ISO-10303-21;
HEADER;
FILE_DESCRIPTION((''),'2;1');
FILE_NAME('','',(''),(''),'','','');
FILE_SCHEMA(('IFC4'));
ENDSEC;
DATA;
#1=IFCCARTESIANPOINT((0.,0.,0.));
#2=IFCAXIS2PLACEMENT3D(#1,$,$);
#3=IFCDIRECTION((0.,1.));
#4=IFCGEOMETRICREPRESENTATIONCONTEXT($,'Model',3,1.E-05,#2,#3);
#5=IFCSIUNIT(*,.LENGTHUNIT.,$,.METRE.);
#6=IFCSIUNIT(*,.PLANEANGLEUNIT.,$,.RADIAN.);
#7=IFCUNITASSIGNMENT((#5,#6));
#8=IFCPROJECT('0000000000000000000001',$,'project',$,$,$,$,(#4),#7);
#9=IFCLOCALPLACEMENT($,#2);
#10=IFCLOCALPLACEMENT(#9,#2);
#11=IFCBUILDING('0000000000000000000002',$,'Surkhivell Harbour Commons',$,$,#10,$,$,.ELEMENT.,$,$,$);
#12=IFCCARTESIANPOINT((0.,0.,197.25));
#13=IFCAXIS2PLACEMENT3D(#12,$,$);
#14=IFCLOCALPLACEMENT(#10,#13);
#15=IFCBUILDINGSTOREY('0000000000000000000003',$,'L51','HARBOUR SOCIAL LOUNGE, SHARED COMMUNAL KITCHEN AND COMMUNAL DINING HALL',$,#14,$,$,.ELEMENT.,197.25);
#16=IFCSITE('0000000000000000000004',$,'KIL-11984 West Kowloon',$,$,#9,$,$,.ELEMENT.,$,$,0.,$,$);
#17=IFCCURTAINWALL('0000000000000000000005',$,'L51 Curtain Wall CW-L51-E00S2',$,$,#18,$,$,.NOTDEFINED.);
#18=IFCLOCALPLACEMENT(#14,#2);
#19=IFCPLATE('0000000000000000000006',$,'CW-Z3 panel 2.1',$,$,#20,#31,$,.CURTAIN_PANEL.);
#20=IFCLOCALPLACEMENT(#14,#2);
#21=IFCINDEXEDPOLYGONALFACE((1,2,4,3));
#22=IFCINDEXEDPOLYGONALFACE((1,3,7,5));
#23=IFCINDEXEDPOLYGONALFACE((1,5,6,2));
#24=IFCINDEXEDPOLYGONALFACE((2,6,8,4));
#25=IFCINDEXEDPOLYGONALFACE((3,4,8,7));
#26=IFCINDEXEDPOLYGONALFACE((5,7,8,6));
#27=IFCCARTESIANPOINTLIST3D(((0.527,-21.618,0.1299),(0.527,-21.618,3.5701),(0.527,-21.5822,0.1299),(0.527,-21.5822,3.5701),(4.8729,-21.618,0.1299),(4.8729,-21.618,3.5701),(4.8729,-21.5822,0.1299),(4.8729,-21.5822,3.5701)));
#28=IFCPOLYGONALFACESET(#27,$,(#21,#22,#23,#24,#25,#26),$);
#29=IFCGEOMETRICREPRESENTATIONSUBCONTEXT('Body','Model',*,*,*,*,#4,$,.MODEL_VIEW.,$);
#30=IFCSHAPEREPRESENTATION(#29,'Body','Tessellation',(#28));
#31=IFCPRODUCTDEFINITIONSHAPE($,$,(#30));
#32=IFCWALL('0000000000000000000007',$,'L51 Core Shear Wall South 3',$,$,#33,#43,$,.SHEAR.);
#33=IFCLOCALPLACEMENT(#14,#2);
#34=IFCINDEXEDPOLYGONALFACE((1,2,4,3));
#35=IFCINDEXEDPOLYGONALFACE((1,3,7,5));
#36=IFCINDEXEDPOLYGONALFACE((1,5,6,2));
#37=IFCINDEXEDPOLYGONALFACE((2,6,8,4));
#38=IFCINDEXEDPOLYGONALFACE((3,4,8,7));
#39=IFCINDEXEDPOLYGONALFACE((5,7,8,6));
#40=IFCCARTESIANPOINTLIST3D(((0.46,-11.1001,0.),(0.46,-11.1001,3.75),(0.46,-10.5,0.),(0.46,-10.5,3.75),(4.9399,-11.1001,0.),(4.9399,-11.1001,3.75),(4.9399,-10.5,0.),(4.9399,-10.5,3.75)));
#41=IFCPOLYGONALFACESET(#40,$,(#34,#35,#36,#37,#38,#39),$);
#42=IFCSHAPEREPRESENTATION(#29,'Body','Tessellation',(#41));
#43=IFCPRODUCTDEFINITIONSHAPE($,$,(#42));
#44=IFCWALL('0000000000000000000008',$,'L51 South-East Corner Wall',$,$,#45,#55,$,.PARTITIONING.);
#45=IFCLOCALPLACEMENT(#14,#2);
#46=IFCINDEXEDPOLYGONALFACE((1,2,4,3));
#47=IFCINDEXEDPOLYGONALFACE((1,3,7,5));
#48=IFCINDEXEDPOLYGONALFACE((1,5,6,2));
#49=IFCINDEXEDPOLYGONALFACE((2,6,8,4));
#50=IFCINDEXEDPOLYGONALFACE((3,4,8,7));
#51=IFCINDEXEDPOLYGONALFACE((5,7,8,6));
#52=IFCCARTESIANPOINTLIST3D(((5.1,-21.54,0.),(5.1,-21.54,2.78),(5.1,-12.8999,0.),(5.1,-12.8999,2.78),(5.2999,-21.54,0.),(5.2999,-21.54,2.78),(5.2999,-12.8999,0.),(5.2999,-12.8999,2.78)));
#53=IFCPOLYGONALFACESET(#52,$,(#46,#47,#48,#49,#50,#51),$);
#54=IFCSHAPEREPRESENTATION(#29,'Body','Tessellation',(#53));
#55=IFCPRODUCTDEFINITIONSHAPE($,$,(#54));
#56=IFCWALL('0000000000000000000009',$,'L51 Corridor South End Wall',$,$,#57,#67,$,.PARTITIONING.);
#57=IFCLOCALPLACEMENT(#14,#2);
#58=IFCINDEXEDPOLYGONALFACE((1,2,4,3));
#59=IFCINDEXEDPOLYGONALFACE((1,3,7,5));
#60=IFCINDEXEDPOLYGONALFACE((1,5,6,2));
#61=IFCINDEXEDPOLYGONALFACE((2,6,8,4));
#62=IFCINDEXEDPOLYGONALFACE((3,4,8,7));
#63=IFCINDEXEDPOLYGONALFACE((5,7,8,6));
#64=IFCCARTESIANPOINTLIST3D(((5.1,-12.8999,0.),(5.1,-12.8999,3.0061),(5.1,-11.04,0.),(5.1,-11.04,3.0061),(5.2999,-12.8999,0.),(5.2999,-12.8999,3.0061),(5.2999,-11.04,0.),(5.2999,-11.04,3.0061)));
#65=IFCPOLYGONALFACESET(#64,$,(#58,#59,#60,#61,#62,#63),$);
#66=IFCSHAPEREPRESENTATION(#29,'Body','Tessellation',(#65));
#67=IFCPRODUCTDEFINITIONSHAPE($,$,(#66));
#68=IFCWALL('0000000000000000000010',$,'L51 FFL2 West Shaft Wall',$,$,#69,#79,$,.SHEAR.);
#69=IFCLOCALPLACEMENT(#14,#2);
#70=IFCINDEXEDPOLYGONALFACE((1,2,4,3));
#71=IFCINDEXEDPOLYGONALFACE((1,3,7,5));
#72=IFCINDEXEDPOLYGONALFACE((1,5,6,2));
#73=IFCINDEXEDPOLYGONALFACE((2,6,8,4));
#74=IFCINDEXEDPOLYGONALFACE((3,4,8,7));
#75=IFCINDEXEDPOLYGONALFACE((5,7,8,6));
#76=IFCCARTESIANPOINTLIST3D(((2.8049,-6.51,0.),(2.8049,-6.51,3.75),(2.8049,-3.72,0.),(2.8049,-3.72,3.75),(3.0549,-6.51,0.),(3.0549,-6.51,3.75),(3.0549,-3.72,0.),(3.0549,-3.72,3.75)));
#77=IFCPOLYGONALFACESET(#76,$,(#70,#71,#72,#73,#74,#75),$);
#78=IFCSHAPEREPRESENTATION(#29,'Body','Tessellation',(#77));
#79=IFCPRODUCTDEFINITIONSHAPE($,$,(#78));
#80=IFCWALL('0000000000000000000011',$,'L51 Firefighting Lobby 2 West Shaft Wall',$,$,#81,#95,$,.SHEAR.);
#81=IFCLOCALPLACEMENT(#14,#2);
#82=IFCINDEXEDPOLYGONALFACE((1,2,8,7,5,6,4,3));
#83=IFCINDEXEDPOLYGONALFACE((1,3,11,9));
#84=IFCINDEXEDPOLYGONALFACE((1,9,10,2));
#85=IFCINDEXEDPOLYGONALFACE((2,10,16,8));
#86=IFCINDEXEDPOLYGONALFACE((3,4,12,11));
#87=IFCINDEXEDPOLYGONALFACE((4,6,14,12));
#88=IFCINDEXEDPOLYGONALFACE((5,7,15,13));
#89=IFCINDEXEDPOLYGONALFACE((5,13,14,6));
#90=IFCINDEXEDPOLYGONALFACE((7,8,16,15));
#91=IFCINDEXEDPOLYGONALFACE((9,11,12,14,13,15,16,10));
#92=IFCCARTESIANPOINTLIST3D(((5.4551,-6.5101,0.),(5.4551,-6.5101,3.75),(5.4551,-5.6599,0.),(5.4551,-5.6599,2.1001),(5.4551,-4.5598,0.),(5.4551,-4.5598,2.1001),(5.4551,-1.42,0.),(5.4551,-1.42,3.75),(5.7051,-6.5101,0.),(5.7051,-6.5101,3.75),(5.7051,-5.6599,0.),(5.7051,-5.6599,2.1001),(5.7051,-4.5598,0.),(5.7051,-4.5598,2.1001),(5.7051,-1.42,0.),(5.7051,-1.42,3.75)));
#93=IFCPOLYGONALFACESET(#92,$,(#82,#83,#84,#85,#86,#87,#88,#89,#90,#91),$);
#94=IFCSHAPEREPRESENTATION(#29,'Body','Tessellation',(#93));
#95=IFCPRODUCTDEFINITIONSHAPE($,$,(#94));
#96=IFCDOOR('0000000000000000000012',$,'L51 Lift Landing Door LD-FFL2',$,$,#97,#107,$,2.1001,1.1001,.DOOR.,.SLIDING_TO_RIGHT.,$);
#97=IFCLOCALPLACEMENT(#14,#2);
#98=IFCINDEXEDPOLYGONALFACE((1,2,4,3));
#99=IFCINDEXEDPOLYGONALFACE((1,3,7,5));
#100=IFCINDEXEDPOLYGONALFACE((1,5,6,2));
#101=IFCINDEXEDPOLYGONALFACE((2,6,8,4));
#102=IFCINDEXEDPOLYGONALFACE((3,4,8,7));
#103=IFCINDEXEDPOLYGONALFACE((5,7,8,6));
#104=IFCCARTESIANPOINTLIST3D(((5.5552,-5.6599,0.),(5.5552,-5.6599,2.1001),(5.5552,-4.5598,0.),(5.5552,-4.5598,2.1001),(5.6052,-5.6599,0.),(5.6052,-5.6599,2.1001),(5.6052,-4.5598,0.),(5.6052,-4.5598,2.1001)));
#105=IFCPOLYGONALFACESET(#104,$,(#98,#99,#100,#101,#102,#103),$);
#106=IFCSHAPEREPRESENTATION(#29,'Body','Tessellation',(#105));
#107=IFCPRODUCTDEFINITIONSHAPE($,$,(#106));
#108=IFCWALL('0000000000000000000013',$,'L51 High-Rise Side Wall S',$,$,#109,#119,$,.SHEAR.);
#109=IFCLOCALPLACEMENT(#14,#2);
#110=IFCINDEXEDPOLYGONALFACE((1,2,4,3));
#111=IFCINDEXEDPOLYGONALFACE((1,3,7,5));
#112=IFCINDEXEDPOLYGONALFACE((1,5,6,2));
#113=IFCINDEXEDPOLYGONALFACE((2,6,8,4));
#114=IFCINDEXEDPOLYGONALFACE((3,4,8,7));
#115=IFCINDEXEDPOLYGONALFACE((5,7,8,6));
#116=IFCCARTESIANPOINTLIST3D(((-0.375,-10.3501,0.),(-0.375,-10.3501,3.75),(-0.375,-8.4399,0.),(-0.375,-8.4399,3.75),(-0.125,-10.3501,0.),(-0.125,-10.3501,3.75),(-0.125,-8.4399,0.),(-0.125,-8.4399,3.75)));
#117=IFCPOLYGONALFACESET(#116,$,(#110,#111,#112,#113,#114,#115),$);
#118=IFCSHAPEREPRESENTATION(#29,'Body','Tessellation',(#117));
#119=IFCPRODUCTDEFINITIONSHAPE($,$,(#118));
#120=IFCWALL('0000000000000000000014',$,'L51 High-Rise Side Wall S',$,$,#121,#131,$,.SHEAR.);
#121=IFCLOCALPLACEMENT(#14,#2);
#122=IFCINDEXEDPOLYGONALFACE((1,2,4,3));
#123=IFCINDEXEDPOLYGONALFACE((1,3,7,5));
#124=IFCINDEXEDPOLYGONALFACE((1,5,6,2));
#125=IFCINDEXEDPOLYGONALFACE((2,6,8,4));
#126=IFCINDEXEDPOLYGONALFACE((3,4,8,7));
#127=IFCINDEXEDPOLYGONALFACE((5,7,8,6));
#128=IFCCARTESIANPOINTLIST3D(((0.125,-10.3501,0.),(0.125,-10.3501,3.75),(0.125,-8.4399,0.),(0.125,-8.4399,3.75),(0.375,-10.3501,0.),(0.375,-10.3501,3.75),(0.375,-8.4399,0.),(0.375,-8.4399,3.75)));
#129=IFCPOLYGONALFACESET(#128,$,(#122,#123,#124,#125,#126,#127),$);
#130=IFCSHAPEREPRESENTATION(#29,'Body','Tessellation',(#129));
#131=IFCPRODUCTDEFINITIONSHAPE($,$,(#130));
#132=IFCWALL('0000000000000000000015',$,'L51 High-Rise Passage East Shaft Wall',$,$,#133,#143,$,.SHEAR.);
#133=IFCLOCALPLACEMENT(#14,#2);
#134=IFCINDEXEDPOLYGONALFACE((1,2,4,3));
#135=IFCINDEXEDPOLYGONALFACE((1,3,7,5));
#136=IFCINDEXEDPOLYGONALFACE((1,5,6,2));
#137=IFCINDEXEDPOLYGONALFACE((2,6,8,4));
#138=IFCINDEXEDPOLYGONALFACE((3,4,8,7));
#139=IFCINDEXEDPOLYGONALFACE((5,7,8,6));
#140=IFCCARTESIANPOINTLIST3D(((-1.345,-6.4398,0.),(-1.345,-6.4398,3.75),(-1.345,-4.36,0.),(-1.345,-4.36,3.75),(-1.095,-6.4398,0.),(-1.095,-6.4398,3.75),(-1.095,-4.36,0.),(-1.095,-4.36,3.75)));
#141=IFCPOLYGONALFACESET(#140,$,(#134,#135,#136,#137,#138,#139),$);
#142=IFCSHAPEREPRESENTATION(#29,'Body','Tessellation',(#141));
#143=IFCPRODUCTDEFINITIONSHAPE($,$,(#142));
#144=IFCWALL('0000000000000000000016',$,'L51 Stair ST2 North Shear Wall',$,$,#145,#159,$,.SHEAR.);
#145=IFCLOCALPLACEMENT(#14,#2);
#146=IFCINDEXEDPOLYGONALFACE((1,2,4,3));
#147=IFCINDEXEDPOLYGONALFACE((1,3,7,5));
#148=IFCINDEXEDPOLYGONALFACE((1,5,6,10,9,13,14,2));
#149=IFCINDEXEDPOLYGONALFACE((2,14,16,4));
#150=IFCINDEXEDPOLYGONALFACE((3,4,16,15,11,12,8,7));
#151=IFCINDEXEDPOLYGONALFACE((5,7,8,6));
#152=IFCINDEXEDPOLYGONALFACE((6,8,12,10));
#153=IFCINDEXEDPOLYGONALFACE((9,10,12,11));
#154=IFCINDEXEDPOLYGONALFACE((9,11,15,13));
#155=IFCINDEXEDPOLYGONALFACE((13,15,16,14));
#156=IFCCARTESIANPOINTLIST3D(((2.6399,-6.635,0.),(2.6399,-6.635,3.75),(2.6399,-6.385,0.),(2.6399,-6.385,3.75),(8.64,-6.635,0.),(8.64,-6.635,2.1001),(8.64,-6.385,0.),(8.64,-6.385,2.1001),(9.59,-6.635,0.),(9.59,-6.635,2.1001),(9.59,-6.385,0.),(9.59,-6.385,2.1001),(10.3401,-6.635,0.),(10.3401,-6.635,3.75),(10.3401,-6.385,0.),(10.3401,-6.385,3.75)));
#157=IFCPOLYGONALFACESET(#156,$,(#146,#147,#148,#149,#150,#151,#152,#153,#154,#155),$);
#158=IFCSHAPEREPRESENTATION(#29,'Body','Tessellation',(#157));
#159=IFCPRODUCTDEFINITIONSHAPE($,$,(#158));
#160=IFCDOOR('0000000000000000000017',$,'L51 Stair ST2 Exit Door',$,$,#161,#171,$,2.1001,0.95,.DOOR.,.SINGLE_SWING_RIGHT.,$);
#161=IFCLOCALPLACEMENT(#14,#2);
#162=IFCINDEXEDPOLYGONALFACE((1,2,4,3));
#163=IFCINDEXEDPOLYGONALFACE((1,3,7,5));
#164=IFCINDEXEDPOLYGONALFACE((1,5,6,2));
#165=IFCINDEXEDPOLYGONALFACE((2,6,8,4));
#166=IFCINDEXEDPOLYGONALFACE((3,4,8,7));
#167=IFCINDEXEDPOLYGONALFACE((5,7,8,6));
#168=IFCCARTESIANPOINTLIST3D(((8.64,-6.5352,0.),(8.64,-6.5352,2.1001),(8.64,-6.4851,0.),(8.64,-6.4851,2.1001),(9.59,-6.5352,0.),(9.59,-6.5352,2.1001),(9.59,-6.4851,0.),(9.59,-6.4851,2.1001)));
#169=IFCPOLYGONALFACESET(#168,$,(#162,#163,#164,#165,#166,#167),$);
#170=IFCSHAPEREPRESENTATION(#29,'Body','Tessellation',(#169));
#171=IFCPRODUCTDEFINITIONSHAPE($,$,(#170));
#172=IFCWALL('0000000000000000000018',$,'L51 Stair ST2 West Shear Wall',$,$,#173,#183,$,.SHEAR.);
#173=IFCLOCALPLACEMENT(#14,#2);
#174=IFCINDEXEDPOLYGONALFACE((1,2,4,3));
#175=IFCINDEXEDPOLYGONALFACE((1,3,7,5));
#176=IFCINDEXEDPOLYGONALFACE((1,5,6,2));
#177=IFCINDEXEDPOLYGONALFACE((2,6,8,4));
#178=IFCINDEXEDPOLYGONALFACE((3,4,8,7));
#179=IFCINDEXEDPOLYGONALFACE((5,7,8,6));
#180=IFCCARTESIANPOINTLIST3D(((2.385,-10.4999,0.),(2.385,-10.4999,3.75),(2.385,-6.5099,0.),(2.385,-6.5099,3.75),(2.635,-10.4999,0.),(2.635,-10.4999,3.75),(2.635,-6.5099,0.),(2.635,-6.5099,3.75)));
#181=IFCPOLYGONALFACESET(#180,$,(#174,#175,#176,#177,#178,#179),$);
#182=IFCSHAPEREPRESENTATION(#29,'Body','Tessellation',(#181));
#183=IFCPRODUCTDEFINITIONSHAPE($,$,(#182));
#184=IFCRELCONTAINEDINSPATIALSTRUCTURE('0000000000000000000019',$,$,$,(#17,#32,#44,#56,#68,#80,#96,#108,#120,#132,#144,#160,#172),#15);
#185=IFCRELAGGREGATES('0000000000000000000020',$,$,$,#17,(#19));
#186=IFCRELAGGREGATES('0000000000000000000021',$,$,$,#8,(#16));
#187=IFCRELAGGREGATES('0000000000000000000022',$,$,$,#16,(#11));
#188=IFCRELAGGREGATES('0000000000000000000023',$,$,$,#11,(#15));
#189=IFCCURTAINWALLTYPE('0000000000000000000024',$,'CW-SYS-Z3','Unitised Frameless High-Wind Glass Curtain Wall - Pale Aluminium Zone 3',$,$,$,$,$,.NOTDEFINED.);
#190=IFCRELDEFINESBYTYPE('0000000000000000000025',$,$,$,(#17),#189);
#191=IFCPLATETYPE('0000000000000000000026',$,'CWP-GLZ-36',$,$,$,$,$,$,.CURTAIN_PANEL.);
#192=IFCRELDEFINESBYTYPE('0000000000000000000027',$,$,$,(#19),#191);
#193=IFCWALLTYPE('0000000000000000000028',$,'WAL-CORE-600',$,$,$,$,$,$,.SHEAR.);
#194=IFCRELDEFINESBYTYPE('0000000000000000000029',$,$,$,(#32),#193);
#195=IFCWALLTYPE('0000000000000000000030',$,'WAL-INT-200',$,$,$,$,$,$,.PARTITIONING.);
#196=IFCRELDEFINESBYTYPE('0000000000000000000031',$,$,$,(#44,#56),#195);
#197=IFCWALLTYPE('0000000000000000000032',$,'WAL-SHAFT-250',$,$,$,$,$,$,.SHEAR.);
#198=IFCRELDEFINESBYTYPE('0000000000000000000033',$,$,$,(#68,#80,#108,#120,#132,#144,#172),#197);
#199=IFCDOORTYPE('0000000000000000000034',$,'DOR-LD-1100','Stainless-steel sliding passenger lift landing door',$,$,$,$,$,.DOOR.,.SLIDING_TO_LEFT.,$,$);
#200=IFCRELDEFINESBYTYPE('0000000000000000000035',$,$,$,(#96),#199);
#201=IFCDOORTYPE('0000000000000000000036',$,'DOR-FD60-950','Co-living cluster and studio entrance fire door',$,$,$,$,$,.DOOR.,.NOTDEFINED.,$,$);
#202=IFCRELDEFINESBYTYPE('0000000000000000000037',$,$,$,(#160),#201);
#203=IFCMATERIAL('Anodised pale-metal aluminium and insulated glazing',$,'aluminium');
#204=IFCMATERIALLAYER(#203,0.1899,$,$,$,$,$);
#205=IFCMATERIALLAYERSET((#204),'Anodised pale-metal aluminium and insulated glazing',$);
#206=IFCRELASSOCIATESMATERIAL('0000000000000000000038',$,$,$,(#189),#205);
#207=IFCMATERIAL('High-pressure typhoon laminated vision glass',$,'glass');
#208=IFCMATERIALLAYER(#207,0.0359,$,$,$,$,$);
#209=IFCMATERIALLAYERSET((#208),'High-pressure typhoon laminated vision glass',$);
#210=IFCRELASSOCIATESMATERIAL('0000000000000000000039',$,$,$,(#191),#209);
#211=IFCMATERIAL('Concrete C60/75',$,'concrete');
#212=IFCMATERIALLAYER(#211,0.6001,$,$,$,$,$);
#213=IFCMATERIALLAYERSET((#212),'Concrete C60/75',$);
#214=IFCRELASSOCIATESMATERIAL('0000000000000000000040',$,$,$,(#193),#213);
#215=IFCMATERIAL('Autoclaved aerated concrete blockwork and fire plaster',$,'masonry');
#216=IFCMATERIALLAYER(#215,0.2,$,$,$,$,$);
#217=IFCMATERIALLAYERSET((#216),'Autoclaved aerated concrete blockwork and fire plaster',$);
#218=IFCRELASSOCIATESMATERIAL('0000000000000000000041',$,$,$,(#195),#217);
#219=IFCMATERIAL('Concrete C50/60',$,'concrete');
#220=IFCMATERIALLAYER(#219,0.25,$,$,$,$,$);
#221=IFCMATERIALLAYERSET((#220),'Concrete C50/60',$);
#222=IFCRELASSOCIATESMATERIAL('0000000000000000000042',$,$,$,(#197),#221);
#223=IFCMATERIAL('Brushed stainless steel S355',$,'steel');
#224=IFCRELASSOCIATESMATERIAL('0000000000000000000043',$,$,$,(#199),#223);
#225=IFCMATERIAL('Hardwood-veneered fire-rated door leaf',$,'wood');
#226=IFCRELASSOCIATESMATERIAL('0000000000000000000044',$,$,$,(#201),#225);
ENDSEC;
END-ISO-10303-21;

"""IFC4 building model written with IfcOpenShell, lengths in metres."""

from ifc_helpers import new_model, si_unit, direction, frame, frame_2d, origin, place, context, subcontext, project, spatial, rectangle, extrude, material, layer, layer_set, type_object, element, fill, aggregate, save


model = new_model("IFC4")

# Units and contexts
model_context = context("Model", 3, precision=1e-05, world=origin(), true_north=direction((0.0, 1.0)))
body_context = subcontext(model_context, "Body", "Model", "MODEL_VIEW")
ifc_project = project(units=[si_unit("LENGTHUNIT", "METRE"), si_unit("PLANEANGLEUNIT", "RADIAN")], contexts=[model_context])

# Site, building, storey
site_placement = place(None, origin())
site = spatial("IfcSite", under=ifc_project, at=site_placement, Name="KIL-11984 West Kowloon", CompositionType="ELEMENT", RefElevation=0.0)
building_placement = place(site_placement, origin())
building = spatial("IfcBuilding", under=site, at=building_placement, Name="Surkhivell Harbour Commons", CompositionType="ELEMENT")
storey_placement = place(building_placement, frame((0.0, 0.0, 197.25)))
storey = spatial("IfcBuildingStorey", under=building, at=storey_placement, Name="L51", Description="HARBOUR SOCIAL LOUNGE, SHARED COMMUNAL KITCHEN AND COMMUNAL DINING HALL", CompositionType="ELEMENT", Elevation=197.25)

# Shared definitions
ifc_material_1 = material(Name="Concrete C60/75", Category="concrete")

# Curtain wall, plate
ifc_material_2 = material(Name="Anodised pale-metal aluminium and insulated glazing", Category="aluminium")
ifc_layer_1 = layer(ifc_material_2, 0.1899)
ifc_layer_set_1 = layer_set([ifc_layer_1], Name="Anodised pale-metal aluminium and insulated glazing")
curtain_wall_type = type_object("IfcCurtainWallType", Name="CW-SYS-Z3", Description="Unitised Frameless High-Wind Glass Curtain Wall - Pale Aluminium Zone 3", PredefinedType="NOTDEFINED", material=ifc_layer_set_1)
curtain_wall_placement = place(storey_placement, origin())
curtain_wall = element("IfcCurtainWall", 1, at=curtain_wall_placement, inside=storey, type_object=curtain_wall_type, Name="L51 Curtain Wall CW-L51-E00S2", PredefinedType="NOTDEFINED")
ifc_material_3 = material(Name="High-pressure typhoon laminated vision glass", Category="glass")
ifc_layer_2 = layer(ifc_material_3, 0.0359)
ifc_layer_set_2 = layer_set([ifc_layer_2], Name="High-pressure typhoon laminated vision glass")
plate_type = type_object("IfcPlateType", Name="CWP-GLZ-36", PredefinedType="CURTAIN_PANEL", material=ifc_layer_set_2)
plate_placement = place(storey_placement, frame((0.5271, -21.6001, 0.1299), z_axis=(0.0, 0.0, 1.0), x_axis=(1.0, 0.0, 0.0)))
plate = element("IfcPlate", 2, at=plate_placement, type_object=plate_type, Name="CW-Z3 panel 2.1", PredefinedType="CURTAIN_PANEL", context=body_context, shape_type="SweptSolid", body=[
    extrude(rectangle(XDim=4.3459, YDim=0.0359, at=frame_2d((2.1729, 0.0))), origin(), (0.0, 0.0, 1.0), 3.4402),
])
aggregate(curtain_wall, [plate])

# Walls
ifc_layer_3 = layer(ifc_material_1, 0.6001)
ifc_layer_set_3 = layer_set([ifc_layer_3], Name="Concrete C60/75")
wall_type_1 = type_object("IfcWallType", Name="WAL-CORE-600", PredefinedType="SHEAR", material=ifc_layer_set_3)
wall_1_placement = place(storey_placement, frame((0.46, -10.8, 0.0), z_axis=(0.0, 0.0, 1.0), x_axis=(1.0, 0.0, 0.0)))
element("IfcWall", 3, at=wall_1_placement, inside=storey, type_object=wall_type_1, Name="L51 Core Shear Wall South 3", PredefinedType="SHEAR", context=body_context, shape_type="SweptSolid", body=[
    extrude(rectangle(XDim=4.48, YDim=0.6001, at=frame_2d((2.24, 0.0))), origin(), (0.0, 0.0, 1.0), 3.75),
])
ifc_material_4 = material(Name="Autoclaved aerated concrete blockwork and fire plaster", Category="masonry")
ifc_layer_4 = layer(ifc_material_4, 0.2)
ifc_layer_set_4 = layer_set([ifc_layer_4], Name="Autoclaved aerated concrete blockwork and fire plaster")
wall_type_2 = type_object("IfcWallType", Name="WAL-INT-200", PredefinedType="PARTITIONING", material=ifc_layer_set_4)
wall_2_placement = place(storey_placement, frame((5.2, -21.54, 0.0), z_axis=(0.0, 0.0, 1.0), x_axis=(0.0, 1.0, 0.0)))
element("IfcWall", 4, at=wall_2_placement, inside=storey, type_object=wall_type_2, Name="L51 South-East Corner Wall", PredefinedType="PARTITIONING", context=body_context, shape_type="SweptSolid", body=[
    extrude(rectangle(XDim=8.6401, YDim=0.2, at=frame_2d((4.3201, 0.0))), origin(), (0.0, 0.0, 1.0), 2.78),
])
wall_3_placement = place(storey_placement, frame((5.2, -12.8999, 0.0), z_axis=(0.0, 0.0, 1.0), x_axis=(0.0, 1.0, 0.0)))
element("IfcWall", 5, at=wall_3_placement, inside=storey, type_object=wall_type_2, Name="L51 Corridor South End Wall", PredefinedType="PARTITIONING", context=body_context, shape_type="SweptSolid", body=[
    extrude(rectangle(XDim=1.8599, YDim=0.2, at=frame_2d((0.9299, 0.0))), origin(), (0.0, 0.0, 1.0), 3.0061),
])
ifc_material_5 = material(Name="Concrete C50/60", Category="concrete")
ifc_layer_5 = layer(ifc_material_5, 0.25)
ifc_layer_set_5 = layer_set([ifc_layer_5], Name="Concrete C50/60")
wall_type_3 = type_object("IfcWallType", Name="WAL-SHAFT-250", PredefinedType="SHEAR", material=ifc_layer_set_5)
wall_4_placement = place(storey_placement, frame((2.9299, -6.51, 0.0), z_axis=(0.0, 0.0, 1.0), x_axis=(0.0, 1.0, 0.0)))
element("IfcWall", 6, at=wall_4_placement, inside=storey, type_object=wall_type_3, Name="L51 FFL2 West Shaft Wall", PredefinedType="SHEAR", context=body_context, shape_type="SweptSolid", body=[
    extrude(rectangle(XDim=2.79, YDim=0.25, at=frame_2d((1.395, 0.0))), origin(), (0.0, 0.0, 1.0), 3.75),
])

# Wall, opening, door
wall_5_placement = place(storey_placement, frame((5.5801, -6.51, 0.0), z_axis=(0.0, 0.0, 1.0), x_axis=(0.0, 1.0, 0.0)))
wall_5 = element("IfcWall", 7, at=wall_5_placement, inside=storey, type_object=wall_type_3, Name="L51 Firefighting Lobby 2 West Shaft Wall", PredefinedType="SHEAR", context=body_context, shape_type="SweptSolid", body=[
    extrude(rectangle(XDim=5.0901, YDim=0.25, at=frame_2d((2.5449, 0.0))), origin(), (0.0, 0.0, 1.0), 3.75),
])
opening_1_placement = place(wall_5_placement, frame((0.8501, 0.0, 0.0)))
opening_1 = element("IfcOpeningElement", 8, at=opening_1_placement, cuts=wall_5, PredefinedType="OPENING", context=body_context, shape_type="SweptSolid", body=[
    extrude(rectangle(XDim=1.1001, YDim=2.1001, at=frame_2d((0.55, 1.05))), frame((0.0, 0.135, 0.0), z_axis=(0.0, -1.0, 0.0), x_axis=(1.0, 0.0, 0.0)), (0.0, 0.0, 1.0), 0.27),
])
ifc_material_6 = material(Name="Brushed stainless steel S355", Category="steel")
door_type_1 = type_object("IfcDoorType", Name="DOR-LD-1100", Description="Stainless-steel sliding passenger lift landing door", OperationType="SLIDING_TO_LEFT", PredefinedType="DOOR", material=ifc_material_6)
door_1_placement = place(opening_1_placement, origin())
door_1 = element("IfcDoor", 9, at=door_1_placement, inside=storey, type_object=door_type_1, Name="L51 Lift Landing Door LD-FFL2", OperationType="SLIDING_TO_RIGHT", OverallHeight=2.1001, OverallWidth=1.1001, PredefinedType="DOOR", context=body_context, shape_type="SweptSolid", body=[
    extrude(rectangle(XDim=1.1001, YDim=2.1001, at=frame_2d((0.55, 1.05))), frame((0.0, 0.0249, 0.0), z_axis=(0.0, -1.0, 0.0), x_axis=(1.0, 0.0, 0.0)), (0.0, 0.0, 1.0), 0.05),
])
fill(opening_1, door_1)

# Walls
for number, where, z_axis, x_axis, name in (
    (10, (-0.25, -10.3501, 0.0), (0.0, 0.0, 1.0), (0.0, 1.0, 0.0), "L51 High-Rise Side Wall S"),
    (11, (0.25, -10.3501, 0.0), (0.0, 0.0, 1.0), (0.0, 1.0, 0.0), "L51 High-Rise Side Wall S"),
):
    element("IfcWall", number, at=place(storey_placement, frame(where, z_axis=z_axis, x_axis=x_axis)), inside=storey, type_object=wall_type_3, Name=name, PredefinedType="SHEAR", context=body_context, shape_type="SweptSolid", body=[
        extrude(rectangle(XDim=1.9102, YDim=0.25, at=frame_2d((0.9551, 0.0))), origin(), (0.0, 0.0, 1.0), 3.75),
    ])
wall_6_placement = place(storey_placement, frame((-1.22, -6.4399, 0.0), z_axis=(0.0, 0.0, 1.0), x_axis=(0.0, 1.0, 0.0)))
element("IfcWall", 12, at=wall_6_placement, inside=storey, type_object=wall_type_3, Name="L51 High-Rise Passage East Shaft Wall", PredefinedType="SHEAR", context=body_context, shape_type="SweptSolid", body=[
    extrude(rectangle(XDim=2.0798, YDim=0.25, at=frame_2d((1.04, 0.0))), origin(), (0.0, 0.0, 1.0), 3.75),
])

# Wall, opening, door
wall_7_placement = place(storey_placement, frame((2.6399, -6.51, 0.0), z_axis=(0.0, 0.0, 1.0), x_axis=(1.0, 0.0, 0.0)))
wall_7 = element("IfcWall", 13, at=wall_7_placement, inside=storey, type_object=wall_type_3, Name="L51 Stair ST2 North Shear Wall", PredefinedType="SHEAR", context=body_context, shape_type="SweptSolid", body=[
    extrude(rectangle(XDim=7.7002, YDim=0.25, at=frame_2d((3.8501, 0.0))), origin(), (0.0, 0.0, 1.0), 3.75),
])
opening_2_placement = place(wall_7_placement, frame((6.0, 0.0, 0.0)))
opening_2 = element("IfcOpeningElement", 14, at=opening_2_placement, cuts=wall_7, PredefinedType="OPENING", context=body_context, shape_type="SweptSolid", body=[
    extrude(rectangle(XDim=0.95, YDim=2.1001, at=frame_2d((0.4751, 1.05))), frame((0.0, 0.135, 0.0), z_axis=(0.0, -1.0, 0.0), x_axis=(1.0, 0.0, 0.0)), (0.0, 0.0, 1.0), 0.27),
])
ifc_material_7 = material(Name="Hardwood-veneered fire-rated door leaf", Category="wood")
door_type_2 = type_object("IfcDoorType", Name="DOR-FD60-950", Description="Co-living cluster and studio entrance fire door", OperationType="NOTDEFINED", PredefinedType="DOOR", material=ifc_material_7)
door_2_placement = place(opening_2_placement, origin())
door_2 = element("IfcDoor", 15, at=door_2_placement, inside=storey, type_object=door_type_2, Name="L51 Stair ST2 Exit Door", OperationType="SINGLE_SWING_RIGHT", OverallHeight=2.1001, OverallWidth=0.95, PredefinedType="DOOR", context=body_context, shape_type="SweptSolid", body=[
    extrude(rectangle(XDim=0.95, YDim=2.1001, at=frame_2d((0.4751, 1.05))), frame((0.0, 0.0249, 0.0), z_axis=(0.0, -1.0, 0.0), x_axis=(1.0, 0.0, 0.0)), (0.0, 0.0, 1.0), 0.05),
])
fill(opening_2, door_2)

# Wall
wall_8_placement = place(storey_placement, frame((2.51, -10.5, 0.0), z_axis=(0.0, 0.0, 1.0), x_axis=(0.0, 1.0, 0.0)))
element("IfcWall", 16, at=wall_8_placement, inside=storey, type_object=wall_type_3, Name="L51 Stair ST2 West Shear Wall", PredefinedType="SHEAR", context=body_context, shape_type="SweptSolid", body=[
    extrude(rectangle(XDim=3.99, YDim=0.25, at=frame_2d((1.9951, 0.0))), origin(), (0.0, 0.0, 1.0), 3.75),
])

save(model, "model.ifc")
